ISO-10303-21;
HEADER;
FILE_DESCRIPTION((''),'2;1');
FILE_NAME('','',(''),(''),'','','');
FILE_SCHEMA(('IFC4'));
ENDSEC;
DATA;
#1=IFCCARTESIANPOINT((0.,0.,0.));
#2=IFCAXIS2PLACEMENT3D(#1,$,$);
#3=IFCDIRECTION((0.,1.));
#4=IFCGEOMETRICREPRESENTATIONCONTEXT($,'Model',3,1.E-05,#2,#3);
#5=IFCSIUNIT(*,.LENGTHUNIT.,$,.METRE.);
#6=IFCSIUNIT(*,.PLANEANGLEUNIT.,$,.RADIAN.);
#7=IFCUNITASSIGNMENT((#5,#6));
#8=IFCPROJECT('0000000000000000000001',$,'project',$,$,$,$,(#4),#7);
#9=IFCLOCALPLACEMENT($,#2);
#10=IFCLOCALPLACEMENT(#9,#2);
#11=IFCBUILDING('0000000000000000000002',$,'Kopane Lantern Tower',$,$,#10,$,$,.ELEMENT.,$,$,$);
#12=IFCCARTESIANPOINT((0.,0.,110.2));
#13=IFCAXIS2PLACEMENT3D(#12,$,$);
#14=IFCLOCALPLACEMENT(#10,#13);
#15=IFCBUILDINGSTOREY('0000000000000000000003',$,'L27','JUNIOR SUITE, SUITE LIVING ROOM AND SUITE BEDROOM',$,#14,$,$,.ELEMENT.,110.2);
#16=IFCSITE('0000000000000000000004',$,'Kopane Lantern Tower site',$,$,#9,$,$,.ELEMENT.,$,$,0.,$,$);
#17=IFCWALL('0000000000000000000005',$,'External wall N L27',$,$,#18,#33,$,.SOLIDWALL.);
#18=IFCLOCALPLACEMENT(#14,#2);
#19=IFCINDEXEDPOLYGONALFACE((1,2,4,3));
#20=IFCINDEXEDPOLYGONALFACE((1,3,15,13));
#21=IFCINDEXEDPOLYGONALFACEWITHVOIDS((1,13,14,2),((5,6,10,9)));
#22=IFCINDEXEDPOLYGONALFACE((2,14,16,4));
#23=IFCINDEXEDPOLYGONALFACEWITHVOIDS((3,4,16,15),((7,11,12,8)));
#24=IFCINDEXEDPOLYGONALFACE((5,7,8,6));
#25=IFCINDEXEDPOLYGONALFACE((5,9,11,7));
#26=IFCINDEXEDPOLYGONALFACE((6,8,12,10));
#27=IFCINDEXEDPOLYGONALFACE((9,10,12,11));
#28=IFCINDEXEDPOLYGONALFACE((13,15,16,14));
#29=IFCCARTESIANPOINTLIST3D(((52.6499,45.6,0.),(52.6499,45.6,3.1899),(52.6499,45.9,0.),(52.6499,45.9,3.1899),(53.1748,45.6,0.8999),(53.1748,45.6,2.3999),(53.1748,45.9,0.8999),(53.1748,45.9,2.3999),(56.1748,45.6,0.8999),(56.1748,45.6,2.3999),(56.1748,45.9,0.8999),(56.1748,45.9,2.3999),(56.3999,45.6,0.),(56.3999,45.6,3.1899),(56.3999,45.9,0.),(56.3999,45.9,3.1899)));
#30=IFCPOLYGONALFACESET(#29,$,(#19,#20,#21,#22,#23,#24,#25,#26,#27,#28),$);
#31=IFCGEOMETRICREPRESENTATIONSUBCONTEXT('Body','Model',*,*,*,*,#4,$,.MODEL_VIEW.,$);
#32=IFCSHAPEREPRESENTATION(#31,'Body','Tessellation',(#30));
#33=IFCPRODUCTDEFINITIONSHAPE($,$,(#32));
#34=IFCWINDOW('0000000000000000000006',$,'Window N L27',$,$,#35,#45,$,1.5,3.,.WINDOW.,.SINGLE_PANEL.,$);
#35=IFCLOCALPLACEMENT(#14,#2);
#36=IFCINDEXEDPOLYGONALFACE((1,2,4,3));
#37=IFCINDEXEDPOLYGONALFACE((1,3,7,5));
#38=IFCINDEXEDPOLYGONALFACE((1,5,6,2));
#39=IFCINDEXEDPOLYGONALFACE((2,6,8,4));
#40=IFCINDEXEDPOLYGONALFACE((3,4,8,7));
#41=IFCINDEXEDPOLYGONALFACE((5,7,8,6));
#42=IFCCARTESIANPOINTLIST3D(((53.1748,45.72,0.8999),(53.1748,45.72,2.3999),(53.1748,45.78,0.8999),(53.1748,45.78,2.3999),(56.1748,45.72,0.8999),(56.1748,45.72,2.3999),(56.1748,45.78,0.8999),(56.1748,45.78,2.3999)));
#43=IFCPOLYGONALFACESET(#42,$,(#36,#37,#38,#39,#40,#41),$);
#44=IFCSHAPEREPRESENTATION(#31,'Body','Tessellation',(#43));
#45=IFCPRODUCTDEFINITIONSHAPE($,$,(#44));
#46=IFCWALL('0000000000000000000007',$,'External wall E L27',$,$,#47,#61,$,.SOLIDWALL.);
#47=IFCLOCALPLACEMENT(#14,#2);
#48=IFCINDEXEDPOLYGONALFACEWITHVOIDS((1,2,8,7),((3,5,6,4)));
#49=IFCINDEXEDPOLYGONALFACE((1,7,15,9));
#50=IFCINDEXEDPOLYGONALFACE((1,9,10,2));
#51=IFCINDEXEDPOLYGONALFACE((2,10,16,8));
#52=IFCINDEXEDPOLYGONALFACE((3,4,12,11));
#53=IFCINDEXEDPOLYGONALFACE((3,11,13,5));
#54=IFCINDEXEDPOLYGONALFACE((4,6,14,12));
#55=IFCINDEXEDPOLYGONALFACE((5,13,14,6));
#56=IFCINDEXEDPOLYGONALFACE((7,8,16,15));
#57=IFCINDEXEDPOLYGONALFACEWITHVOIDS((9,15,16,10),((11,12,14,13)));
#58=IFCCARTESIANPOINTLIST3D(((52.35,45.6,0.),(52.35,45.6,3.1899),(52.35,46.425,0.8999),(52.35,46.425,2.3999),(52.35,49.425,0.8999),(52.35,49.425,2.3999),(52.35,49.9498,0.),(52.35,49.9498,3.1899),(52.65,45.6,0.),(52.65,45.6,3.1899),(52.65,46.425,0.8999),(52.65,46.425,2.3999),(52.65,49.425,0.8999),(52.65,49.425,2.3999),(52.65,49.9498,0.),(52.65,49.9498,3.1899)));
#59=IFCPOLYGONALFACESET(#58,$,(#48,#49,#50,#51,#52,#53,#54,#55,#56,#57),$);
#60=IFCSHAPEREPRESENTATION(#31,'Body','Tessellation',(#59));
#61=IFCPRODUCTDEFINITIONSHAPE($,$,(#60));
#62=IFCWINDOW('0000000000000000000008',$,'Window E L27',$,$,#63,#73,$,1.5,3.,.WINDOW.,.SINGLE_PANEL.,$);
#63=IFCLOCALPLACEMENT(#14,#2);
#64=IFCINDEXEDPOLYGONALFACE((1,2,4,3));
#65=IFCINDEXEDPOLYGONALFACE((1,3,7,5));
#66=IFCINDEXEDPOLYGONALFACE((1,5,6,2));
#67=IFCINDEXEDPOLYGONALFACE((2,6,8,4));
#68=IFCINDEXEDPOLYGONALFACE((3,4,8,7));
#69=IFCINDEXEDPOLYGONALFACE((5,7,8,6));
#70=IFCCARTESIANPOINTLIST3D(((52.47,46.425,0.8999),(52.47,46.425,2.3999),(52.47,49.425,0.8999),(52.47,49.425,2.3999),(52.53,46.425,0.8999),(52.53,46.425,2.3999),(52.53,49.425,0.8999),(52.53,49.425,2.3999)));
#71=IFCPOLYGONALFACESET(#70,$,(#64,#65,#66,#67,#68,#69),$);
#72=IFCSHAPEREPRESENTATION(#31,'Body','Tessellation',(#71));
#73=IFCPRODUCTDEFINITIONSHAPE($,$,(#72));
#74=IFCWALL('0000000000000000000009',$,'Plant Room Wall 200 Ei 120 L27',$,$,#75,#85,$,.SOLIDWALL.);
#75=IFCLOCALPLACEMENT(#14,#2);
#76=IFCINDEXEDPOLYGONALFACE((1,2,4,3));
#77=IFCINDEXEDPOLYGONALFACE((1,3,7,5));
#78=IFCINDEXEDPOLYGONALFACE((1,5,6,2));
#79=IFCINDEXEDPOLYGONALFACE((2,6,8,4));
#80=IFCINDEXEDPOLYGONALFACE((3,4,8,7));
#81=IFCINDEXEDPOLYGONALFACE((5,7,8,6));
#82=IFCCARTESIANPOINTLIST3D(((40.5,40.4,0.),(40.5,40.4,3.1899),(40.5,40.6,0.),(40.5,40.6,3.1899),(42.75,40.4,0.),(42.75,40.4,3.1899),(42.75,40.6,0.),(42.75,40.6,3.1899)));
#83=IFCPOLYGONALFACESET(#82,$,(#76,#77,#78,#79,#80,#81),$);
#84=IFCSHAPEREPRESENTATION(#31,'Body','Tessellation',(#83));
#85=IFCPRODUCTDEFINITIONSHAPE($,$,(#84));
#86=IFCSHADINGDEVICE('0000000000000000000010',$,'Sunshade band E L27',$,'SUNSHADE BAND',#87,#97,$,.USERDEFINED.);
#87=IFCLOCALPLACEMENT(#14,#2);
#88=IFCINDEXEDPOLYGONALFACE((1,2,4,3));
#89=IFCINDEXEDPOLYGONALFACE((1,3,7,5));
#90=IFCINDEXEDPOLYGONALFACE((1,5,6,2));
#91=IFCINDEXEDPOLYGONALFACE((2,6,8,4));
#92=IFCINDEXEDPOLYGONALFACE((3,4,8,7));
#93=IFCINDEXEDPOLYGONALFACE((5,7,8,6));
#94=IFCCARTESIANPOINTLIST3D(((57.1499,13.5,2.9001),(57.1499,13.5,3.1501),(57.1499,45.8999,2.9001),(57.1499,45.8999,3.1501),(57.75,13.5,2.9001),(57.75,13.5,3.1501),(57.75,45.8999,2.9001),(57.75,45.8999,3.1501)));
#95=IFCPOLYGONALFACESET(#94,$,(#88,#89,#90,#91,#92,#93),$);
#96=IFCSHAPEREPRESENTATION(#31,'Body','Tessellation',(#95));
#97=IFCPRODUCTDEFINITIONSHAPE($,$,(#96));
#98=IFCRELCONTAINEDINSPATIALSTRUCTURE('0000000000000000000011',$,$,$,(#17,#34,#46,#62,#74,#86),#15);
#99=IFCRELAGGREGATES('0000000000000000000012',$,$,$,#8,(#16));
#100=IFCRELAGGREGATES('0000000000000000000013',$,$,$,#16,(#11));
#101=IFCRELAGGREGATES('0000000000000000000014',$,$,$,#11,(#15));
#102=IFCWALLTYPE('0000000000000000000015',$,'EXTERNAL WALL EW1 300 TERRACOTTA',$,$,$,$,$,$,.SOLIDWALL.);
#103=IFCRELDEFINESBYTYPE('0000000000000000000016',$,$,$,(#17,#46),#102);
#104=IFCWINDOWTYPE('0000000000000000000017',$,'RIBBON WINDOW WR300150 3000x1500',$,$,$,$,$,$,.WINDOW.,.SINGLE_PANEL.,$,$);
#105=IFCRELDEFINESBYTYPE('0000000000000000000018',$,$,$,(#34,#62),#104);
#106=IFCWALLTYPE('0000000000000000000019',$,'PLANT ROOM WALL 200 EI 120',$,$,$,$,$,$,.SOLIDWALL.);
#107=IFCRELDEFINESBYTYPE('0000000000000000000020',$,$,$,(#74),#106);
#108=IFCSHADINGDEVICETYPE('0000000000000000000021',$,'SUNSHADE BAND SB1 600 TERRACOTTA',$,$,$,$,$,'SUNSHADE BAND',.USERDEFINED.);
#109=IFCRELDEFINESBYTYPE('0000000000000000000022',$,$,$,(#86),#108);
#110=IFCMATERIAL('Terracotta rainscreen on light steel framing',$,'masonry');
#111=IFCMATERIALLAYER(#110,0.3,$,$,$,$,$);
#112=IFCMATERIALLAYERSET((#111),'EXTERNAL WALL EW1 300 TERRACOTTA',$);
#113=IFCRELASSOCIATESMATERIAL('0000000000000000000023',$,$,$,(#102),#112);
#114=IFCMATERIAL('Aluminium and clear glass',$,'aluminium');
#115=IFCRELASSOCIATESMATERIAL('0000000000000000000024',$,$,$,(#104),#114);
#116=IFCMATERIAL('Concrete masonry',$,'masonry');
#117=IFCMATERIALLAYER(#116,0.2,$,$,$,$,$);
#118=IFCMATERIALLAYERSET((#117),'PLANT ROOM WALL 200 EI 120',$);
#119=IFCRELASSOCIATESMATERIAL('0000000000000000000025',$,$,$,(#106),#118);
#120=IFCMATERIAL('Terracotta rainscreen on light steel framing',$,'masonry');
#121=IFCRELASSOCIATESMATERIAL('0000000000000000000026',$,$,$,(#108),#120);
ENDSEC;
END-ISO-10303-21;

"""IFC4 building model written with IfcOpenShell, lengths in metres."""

from ifc_helpers import new_model, si_unit, direction, frame, frame_2d, origin, origin_2d, place, context, subcontext, project, spatial, rectangle, extrude, material, layer, layer_set, type_object, element, fill, save


model = new_model("IFC4")

# Units and contexts
model_context = context("Model", 3, precision=1e-05, world=origin(), true_north=direction((0.0, 1.0)))
body_context = subcontext(model_context, "Body", "Model", "MODEL_VIEW")
ifc_project = project(units=[si_unit("LENGTHUNIT", "METRE"), si_unit("PLANEANGLEUNIT", "RADIAN")], contexts=[model_context])

# Site, building, storey
site_placement = place(None, origin())
site = spatial("IfcSite", under=ifc_project, at=site_placement, Name="Kopane Lantern Tower site", CompositionType="ELEMENT", RefElevation=0.0)
building_placement = place(site_placement, origin())
building = spatial("IfcBuilding", under=site, at=building_placement, Name="Kopane Lantern Tower", CompositionType="ELEMENT")
storey_placement = place(building_placement, frame((0.0, 0.0, 110.2)))
storey = spatial("IfcBuildingStorey", under=building, at=storey_placement, Name="L27", Description="JUNIOR SUITE, SUITE LIVING ROOM AND SUITE BEDROOM", CompositionType="ELEMENT", Elevation=110.2)

# Walls, openings, windows
ifc_material_1 = material(Name="Terracotta rainscreen on light steel framing", Category="masonry")
ifc_layer_1 = layer(ifc_material_1, 0.3)
ifc_layer_set_1 = layer_set([ifc_layer_1], Name="EXTERNAL WALL EW1 300 TERRACOTTA")
wall_type_1 = type_object("IfcWallType", Name="EXTERNAL WALL EW1 300 TERRACOTTA", PredefinedType="SOLIDWALL", material=ifc_layer_set_1)
wall_1_placement = place(storey_placement, frame((56.3999, 45.75, 0.0), z_axis=(0.0, 0.0, 1.0), x_axis=(-1.0, 0.0, 0.0)))
wall_1 = element("IfcWall", 1, at=wall_1_placement, inside=storey, type_object=wall_type_1, Name="External wall N L27", PredefinedType="SOLIDWALL", context=body_context, shape_type="SweptSolid", body=[
    extrude(rectangle(XDim=3.75, YDim=0.3, at=frame_2d((1.875, 0.0))), origin(), (0.0, 0.0, 1.0), 3.1899),
])
opening_1_placement = place(wall_1_placement, frame((0.2251, 0.0, 0.8999)))
opening_1 = element("IfcOpeningElement", 2, at=opening_1_placement, cuts=wall_1, PredefinedType="OPENING", context=body_context, shape_type="SweptSolid", body=[
    extrude(rectangle(XDim=3.0, YDim=1.5, at=frame_2d((1.5, 0.75))), frame((0.0, 0.1599, 0.0), z_axis=(0.0, -1.0, 0.0), x_axis=(1.0, 0.0, 0.0)), (0.0, 0.0, 1.0), 0.3201),
])
ifc_material_2 = material(Name="Aluminium and clear glass", Category="aluminium")
window_type = type_object("IfcWindowType", Name="RIBBON WINDOW WR300150 3000x1500", PartitioningType="SINGLE_PANEL", PredefinedType="WINDOW", material=ifc_material_2)
window_1_placement = place(opening_1_placement, origin())
window_1 = element("IfcWindow", 3, at=window_1_placement, inside=storey, type_object=window_type, Name="Window N L27", OverallHeight=1.5, OverallWidth=3.0, PartitioningType="SINGLE_PANEL", PredefinedType="WINDOW", context=body_context, shape_type="SweptSolid", body=[
    extrude(rectangle(XDim=3.0, YDim=1.5, at=frame_2d((1.5, 0.75))), frame((0.0, 0.03, 0.0), z_axis=(0.0, -1.0, 0.0), x_axis=(1.0, 0.0, 0.0)), (0.0, 0.0, 1.0), 0.0601),
])
fill(opening_1, window_1)
wall_2_placement = place(storey_placement, frame((52.5, 45.6001, 0.0), z_axis=(0.0, 0.0, 1.0), x_axis=(0.0, 1.0, 0.0)))
wall_2 = element("IfcWall", 4, at=wall_2_placement, inside=storey, type_object=wall_type_1, Name="External wall E L27", PredefinedType="SOLIDWALL", context=body_context, shape_type="SweptSolid", body=[
    extrude(rectangle(XDim=4.3499, YDim=0.3, at=frame_2d((2.1748, 0.0))), origin(), (0.0, 0.0, 1.0), 3.1899),
])
opening_2_placement = place(wall_2_placement, frame((0.825, 0.0, 0.8999)))
opening_2 = element("IfcOpeningElement", 5, at=opening_2_placement, cuts=wall_2, PredefinedType="OPENING", context=body_context, shape_type="SweptSolid", body=[
    extrude(rectangle(XDim=3.0, YDim=1.5, at=frame_2d((1.5, 0.75))), frame((0.0, 0.1599, 0.0), z_axis=(0.0, -1.0, 0.0), x_axis=(1.0, 0.0, 0.0)), (0.0, 0.0, 1.0), 0.3201),
])
window_2_placement = place(opening_2_placement, origin())
window_2 = element("IfcWindow", 6, at=window_2_placement, inside=storey, type_object=window_type, Name="Window E L27", OverallHeight=1.5, OverallWidth=3.0, PartitioningType="SINGLE_PANEL", PredefinedType="WINDOW", context=body_context, shape_type="SweptSolid", body=[
    extrude(rectangle(XDim=3.0, YDim=1.5, at=frame_2d((1.5, 0.75))), frame((0.0, 0.03, 0.0), z_axis=(0.0, -1.0, 0.0), x_axis=(1.0, 0.0, 0.0)), (0.0, 0.0, 1.0), 0.0601),
])
fill(opening_2, window_2)

# Wall
ifc_material_3 = material(Name="Concrete masonry", Category="masonry")
ifc_layer_2 = layer(ifc_material_3, 0.2)
ifc_layer_set_2 = layer_set([ifc_layer_2], Name="PLANT ROOM WALL 200 EI 120")
wall_type_2 = type_object("IfcWallType", Name="PLANT ROOM WALL 200 EI 120", PredefinedType="SOLIDWALL", material=ifc_layer_set_2)
wall_3_placement = place(storey_placement, frame((40.5, 40.5, 0.0), z_axis=(0.0, 0.0, 1.0), x_axis=(1.0, 0.0, 0.0)))
element("IfcWall", 7, at=wall_3_placement, inside=storey, type_object=wall_type_2, Name="Plant Room Wall 200 Ei 120 L27", PredefinedType="SOLIDWALL", context=body_context, shape_type="SweptSolid", body=[
    extrude(rectangle(XDim=2.25, YDim=0.2, at=frame_2d((1.125, 0.0))), origin(), (0.0, 0.0, 1.0), 3.1899),
])

# Shading device
ifc_material_4 = material(Name="Terracotta rainscreen on light steel framing", Category="masonry")
shading_device_type = type_object("IfcShadingDeviceType", Name="SUNSHADE BAND SB1 600 TERRACOTTA", ElementType="SUNSHADE BAND", PredefinedType="USERDEFINED", material=ifc_material_4)
shading_device_placement = place(storey_placement, frame((57.45, 29.7, 2.9001), z_axis=(0.0, 0.0, 1.0), x_axis=(0.0, 1.0, 0.0)))
element("IfcShadingDevice", 8, at=shading_device_placement, inside=storey, type_object=shading_device_type, Name="Sunshade band E L27", ObjectType="SUNSHADE BAND", PredefinedType="USERDEFINED", context=body_context, shape_type="SweptSolid", body=[
    extrude(rectangle(XDim=32.3999, YDim=0.6001, at=origin_2d()), origin(), (0.0, 0.0, 1.0), 0.25),
])

save(model, "model.ifc")
